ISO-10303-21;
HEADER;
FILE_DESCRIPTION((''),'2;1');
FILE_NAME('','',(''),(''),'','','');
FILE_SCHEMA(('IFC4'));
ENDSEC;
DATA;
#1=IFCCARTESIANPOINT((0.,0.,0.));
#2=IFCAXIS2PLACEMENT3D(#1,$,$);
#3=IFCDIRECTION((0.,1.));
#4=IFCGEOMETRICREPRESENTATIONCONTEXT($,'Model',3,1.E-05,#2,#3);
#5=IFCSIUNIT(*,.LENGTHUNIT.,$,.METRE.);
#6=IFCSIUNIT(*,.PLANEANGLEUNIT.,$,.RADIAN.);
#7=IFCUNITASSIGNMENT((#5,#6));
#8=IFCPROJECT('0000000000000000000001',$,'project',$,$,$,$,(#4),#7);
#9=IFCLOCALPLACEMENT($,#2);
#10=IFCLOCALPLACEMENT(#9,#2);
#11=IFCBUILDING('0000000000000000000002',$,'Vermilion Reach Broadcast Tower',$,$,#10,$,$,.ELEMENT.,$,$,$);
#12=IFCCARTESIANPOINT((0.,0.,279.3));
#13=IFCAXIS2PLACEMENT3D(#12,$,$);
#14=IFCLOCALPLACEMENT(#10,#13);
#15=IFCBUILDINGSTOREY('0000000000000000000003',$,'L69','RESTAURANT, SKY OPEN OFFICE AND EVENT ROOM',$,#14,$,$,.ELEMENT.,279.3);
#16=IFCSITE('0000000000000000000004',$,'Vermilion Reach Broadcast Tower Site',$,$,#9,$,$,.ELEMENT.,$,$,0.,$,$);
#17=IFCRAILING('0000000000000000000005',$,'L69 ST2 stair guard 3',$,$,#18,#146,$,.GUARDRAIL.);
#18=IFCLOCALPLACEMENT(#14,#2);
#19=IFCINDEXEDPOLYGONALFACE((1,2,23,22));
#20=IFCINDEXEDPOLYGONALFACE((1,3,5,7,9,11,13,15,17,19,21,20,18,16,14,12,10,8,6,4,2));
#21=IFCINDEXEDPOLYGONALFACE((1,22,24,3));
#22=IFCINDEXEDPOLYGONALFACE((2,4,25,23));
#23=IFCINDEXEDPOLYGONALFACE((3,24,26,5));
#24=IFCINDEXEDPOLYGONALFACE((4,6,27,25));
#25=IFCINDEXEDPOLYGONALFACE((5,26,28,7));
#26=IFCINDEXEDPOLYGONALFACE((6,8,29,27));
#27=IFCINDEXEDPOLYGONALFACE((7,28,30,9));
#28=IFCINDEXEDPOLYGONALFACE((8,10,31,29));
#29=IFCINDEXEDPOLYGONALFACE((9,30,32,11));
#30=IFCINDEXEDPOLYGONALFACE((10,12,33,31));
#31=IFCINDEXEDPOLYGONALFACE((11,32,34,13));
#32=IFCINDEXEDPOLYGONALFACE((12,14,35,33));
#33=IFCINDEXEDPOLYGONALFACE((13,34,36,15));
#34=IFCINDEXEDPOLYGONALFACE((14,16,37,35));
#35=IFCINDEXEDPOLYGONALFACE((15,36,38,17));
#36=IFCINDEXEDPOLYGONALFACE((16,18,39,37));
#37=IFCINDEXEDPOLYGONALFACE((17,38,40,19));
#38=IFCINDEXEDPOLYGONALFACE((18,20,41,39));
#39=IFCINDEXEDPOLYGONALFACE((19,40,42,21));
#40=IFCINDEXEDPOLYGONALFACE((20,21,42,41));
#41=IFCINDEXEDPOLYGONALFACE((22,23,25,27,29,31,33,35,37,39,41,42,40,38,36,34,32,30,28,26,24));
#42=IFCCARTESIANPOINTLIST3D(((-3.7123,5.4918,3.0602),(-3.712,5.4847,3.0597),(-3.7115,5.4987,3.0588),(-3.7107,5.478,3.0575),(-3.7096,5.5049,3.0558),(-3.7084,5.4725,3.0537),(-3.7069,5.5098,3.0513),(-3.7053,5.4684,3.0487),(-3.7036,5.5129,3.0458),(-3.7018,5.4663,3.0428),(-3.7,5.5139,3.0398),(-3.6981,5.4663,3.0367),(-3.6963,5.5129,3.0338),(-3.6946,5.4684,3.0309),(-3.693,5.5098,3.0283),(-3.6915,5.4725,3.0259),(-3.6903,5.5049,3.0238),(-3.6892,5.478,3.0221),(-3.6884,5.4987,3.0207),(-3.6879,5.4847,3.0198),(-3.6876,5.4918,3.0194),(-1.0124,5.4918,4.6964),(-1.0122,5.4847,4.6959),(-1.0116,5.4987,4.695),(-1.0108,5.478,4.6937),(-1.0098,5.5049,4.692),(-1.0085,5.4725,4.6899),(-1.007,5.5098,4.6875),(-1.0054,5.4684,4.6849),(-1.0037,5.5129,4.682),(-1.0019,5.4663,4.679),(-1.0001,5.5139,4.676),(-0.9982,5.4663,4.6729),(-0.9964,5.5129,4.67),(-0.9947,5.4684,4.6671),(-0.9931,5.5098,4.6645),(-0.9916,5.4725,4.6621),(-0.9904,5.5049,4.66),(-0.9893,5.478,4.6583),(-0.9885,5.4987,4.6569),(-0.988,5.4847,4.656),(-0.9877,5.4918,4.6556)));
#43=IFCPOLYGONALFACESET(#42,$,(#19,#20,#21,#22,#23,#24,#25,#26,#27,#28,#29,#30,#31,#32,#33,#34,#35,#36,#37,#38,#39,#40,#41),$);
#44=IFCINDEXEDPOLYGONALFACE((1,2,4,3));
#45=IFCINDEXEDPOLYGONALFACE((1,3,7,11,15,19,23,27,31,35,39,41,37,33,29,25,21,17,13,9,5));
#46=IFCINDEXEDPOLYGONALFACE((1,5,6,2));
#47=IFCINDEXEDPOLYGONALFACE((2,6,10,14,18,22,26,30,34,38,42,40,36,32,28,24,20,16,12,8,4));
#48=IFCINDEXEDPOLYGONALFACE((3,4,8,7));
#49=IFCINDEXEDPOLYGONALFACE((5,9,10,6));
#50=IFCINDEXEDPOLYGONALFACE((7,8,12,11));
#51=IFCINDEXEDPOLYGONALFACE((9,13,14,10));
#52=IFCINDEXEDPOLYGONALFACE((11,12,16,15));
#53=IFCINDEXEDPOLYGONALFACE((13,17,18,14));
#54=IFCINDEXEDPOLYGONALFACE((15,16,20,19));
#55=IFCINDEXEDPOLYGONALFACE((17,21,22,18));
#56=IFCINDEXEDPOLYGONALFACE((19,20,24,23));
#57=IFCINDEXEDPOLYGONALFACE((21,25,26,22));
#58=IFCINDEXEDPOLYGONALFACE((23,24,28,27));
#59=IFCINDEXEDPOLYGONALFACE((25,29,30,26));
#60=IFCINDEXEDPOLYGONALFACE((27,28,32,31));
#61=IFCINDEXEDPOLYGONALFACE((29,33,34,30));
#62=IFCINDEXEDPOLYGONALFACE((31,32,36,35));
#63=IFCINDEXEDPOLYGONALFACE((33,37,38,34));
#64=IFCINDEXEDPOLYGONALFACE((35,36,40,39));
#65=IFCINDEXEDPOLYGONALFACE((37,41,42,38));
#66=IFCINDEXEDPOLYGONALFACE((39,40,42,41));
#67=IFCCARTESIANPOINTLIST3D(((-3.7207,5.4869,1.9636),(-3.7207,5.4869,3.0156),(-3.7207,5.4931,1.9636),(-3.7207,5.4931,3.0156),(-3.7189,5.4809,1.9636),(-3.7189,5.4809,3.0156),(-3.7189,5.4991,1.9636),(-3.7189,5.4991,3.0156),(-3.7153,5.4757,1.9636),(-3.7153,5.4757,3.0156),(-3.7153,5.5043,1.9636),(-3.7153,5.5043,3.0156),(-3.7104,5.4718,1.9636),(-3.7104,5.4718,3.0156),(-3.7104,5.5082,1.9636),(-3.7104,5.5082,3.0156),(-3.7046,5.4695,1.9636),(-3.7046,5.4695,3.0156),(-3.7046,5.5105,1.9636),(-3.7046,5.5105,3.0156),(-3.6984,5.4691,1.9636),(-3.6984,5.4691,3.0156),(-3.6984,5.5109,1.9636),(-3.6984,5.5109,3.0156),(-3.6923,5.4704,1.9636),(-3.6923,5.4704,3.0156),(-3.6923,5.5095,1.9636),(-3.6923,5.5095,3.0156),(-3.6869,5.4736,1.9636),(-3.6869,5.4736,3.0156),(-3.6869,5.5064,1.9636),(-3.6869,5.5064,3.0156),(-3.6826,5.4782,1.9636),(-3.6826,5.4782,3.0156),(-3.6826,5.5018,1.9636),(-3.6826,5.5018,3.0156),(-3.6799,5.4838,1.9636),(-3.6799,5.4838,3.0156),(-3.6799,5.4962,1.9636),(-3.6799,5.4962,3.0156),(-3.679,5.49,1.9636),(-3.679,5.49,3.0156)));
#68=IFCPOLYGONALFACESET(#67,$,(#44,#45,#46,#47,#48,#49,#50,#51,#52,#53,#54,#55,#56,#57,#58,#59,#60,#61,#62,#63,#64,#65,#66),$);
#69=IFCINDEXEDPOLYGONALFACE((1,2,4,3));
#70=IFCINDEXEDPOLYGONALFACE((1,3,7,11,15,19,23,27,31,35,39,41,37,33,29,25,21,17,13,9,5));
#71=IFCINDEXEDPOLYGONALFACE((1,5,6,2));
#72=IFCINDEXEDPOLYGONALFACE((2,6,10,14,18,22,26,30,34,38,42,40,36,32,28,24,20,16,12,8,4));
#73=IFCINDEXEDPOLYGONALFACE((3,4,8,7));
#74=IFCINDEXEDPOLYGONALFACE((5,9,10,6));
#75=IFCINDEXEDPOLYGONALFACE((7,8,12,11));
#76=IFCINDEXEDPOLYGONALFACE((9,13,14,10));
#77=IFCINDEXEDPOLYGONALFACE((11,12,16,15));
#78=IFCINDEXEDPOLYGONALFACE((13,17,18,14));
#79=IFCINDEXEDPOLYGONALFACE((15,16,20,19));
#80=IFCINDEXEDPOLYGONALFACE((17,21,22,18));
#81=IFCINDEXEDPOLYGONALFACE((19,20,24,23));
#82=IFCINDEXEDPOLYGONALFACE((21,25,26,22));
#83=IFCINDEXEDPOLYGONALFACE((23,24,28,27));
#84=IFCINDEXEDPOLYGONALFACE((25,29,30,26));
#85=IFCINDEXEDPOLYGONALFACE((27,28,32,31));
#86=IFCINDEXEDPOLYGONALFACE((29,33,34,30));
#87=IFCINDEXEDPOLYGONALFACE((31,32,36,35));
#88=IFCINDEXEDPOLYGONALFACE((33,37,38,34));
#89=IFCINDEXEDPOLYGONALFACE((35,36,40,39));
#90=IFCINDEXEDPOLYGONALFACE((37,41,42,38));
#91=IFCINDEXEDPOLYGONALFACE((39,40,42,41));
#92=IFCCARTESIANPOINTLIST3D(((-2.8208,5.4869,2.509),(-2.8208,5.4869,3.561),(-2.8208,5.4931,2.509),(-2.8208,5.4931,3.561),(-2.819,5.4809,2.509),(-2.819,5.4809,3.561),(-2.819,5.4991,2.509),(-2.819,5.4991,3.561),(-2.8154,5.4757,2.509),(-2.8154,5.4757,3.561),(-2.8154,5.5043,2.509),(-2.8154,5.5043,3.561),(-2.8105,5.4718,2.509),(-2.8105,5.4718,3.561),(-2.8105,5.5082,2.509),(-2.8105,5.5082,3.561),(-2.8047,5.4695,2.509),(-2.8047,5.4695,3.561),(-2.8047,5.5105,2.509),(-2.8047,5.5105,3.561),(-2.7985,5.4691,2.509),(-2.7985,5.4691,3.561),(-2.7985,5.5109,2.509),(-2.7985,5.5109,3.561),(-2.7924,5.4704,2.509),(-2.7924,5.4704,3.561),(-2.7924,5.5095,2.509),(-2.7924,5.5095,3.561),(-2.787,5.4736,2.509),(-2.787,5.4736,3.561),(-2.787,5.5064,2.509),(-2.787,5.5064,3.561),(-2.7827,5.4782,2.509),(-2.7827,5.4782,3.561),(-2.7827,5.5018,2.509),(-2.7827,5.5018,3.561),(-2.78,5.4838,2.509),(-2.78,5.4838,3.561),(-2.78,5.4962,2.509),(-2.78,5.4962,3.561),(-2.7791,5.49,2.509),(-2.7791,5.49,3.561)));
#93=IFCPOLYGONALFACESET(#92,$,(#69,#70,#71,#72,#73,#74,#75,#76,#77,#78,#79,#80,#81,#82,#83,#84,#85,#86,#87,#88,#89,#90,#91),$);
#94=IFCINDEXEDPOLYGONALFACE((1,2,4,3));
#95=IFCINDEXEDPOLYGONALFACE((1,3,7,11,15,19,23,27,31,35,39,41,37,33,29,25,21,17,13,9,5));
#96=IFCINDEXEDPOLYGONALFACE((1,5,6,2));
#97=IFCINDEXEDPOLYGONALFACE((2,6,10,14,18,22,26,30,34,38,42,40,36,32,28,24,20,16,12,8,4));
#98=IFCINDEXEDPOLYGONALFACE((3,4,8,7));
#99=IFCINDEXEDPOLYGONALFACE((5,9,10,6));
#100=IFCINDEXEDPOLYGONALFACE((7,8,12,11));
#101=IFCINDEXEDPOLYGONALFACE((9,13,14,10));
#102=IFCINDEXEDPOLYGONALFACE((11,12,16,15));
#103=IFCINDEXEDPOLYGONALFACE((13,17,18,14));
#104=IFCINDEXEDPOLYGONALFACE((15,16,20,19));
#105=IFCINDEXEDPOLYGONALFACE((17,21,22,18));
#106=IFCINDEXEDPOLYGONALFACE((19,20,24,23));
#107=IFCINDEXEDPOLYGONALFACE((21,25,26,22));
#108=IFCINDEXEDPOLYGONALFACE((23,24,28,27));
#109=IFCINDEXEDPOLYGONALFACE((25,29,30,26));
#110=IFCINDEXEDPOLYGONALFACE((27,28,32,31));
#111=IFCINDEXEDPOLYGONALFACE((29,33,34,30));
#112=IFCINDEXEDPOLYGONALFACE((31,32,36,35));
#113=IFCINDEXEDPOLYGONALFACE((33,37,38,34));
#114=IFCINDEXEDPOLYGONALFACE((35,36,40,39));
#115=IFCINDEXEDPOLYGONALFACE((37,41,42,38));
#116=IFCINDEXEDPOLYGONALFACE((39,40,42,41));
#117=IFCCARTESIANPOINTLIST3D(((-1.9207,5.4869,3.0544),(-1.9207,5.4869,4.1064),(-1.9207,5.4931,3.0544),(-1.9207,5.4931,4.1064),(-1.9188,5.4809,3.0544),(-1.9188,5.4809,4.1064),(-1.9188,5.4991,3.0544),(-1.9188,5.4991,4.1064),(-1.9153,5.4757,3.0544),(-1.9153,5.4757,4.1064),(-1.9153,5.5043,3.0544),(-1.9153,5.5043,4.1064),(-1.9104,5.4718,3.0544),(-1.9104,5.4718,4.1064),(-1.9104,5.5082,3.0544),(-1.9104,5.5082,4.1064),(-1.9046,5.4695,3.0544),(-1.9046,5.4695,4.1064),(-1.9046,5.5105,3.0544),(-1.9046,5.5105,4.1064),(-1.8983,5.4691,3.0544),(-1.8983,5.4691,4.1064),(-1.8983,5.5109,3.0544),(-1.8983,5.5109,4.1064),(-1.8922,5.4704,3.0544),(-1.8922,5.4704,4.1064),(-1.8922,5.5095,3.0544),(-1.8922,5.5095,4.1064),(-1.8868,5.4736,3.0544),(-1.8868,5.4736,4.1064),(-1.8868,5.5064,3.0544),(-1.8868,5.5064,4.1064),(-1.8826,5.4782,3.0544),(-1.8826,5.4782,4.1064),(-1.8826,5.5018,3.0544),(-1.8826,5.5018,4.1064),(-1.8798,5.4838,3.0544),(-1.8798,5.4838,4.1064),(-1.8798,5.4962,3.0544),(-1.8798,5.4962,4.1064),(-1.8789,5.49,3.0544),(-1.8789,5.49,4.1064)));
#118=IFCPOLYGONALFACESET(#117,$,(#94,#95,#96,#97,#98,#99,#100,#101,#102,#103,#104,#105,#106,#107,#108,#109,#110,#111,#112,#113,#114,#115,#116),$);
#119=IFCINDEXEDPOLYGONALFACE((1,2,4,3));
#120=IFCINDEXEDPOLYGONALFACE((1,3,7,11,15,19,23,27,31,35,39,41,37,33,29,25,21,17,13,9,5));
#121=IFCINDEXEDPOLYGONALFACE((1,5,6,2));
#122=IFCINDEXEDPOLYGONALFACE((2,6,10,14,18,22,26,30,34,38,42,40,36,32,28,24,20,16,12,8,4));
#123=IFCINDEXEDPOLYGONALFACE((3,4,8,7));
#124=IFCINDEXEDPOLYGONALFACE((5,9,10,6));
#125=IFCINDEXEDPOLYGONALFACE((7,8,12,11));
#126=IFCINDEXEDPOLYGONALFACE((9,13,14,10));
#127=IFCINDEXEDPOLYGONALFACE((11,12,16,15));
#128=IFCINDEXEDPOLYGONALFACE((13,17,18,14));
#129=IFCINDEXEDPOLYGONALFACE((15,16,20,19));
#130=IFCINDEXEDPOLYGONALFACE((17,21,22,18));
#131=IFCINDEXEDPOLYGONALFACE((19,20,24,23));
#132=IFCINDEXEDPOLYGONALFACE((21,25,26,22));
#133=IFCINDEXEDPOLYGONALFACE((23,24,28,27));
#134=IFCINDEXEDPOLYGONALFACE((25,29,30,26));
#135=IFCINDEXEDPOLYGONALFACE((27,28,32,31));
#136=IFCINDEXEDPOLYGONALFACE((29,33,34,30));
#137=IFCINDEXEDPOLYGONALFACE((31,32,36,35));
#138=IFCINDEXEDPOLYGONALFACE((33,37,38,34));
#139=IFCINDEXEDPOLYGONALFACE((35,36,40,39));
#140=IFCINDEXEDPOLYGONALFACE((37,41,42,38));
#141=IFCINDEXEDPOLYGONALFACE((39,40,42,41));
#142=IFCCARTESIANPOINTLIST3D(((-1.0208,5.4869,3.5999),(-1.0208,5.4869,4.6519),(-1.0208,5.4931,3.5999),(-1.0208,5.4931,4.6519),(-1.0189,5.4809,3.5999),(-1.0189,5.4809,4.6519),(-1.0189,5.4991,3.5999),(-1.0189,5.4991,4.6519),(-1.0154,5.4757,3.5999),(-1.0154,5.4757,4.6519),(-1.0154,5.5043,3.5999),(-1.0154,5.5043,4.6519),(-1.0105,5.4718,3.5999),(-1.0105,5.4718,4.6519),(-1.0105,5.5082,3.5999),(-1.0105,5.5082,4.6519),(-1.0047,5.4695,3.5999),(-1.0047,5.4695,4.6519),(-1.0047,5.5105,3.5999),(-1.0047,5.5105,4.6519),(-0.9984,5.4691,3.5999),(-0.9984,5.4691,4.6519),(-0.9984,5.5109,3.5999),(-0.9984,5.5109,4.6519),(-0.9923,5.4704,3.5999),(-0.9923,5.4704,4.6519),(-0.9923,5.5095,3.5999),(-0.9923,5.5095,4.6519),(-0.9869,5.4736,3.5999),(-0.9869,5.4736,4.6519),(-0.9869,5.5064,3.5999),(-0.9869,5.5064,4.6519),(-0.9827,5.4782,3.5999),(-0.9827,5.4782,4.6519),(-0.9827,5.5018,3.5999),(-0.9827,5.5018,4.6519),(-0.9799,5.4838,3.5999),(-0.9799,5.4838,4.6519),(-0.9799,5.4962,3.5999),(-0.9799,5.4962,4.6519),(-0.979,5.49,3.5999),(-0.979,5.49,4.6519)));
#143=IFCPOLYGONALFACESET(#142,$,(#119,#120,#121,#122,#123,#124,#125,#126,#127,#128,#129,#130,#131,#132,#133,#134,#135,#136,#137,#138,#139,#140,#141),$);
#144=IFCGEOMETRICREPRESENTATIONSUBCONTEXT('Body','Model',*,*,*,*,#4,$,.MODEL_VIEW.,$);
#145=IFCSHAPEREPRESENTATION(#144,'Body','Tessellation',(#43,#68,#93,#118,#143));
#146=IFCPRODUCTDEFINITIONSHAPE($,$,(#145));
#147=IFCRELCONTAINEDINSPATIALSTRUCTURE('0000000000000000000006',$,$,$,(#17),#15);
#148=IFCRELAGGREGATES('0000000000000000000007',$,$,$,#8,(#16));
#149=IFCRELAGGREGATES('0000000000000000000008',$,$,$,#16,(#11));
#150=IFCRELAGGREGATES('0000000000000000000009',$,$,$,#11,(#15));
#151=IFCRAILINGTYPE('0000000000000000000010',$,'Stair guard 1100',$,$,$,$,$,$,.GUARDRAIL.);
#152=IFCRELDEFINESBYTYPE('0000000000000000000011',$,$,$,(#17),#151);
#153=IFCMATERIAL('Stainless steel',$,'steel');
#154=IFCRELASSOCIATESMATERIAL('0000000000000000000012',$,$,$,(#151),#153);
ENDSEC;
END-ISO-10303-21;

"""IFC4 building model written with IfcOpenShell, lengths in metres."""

from ifc_helpers import new_model, si_unit, direction, frame, origin, origin_2d, place, context, subcontext, project, spatial, circle, extrude, material, type_object, element, save


model = new_model("IFC4")

# Units and contexts
model_context = context("Model", 3, precision=1e-05, world=origin(), true_north=direction((0.0, 1.0)))
body_context = subcontext(model_context, "Body", "Model", "MODEL_VIEW")
ifc_project = project(units=[si_unit("LENGTHUNIT", "METRE"), si_unit("PLANEANGLEUNIT", "RADIAN")], contexts=[model_context])

# Site, building, storey
site_placement = place(None, origin())
site = spatial("IfcSite", under=ifc_project, at=site_placement, Name="Vermilion Reach Broadcast Tower Site", CompositionType="ELEMENT", RefElevation=0.0)
building_placement = place(site_placement, origin())
building = spatial("IfcBuilding", under=site, at=building_placement, Name="Vermilion Reach Broadcast Tower", CompositionType="ELEMENT")
storey_placement = place(building_placement, frame((0.0, 0.0, 279.3)))
storey = spatial("IfcBuildingStorey", under=building, at=storey_placement, Name="L69", Description="RESTAURANT, SKY OPEN OFFICE AND EVENT ROOM", CompositionType="ELEMENT", Elevation=279.3)

# Railing
ifc_material_1 = material(Name="Stainless steel", Category="steel")
railing_type_1 = type_object("IfcRailingType", Name="Stair guard 1100", PredefinedType="GUARDRAIL", material=ifc_material_1)
railing_1_placement = place(storey_placement, frame((-3.7, 5.49, 1.9636)))
element("IfcRailing", 1, at=railing_1_placement, inside=storey, type_object=railing_type_1, Name="L69 ST2 stair guard 3", PredefinedType="GUARDRAIL", context=body_context, shape_type="SweptSolid", body=[
    extrude(circle(Radius=0.0239, at=origin_2d()), frame((0.0, 0.0, 1.0762), z_axis=(0.855212, 0.0, 0.518278), x_axis=(0.0, 1.0, 0.0)), (0.0, 0.0, 1.0), 3.157),
    extrude(circle(Radius=0.021, at=origin_2d()), origin(), (0.0, 0.0, 1.0), 1.052),
    extrude(circle(Radius=0.021, at=origin_2d()), frame((0.8999, 0.0, 0.5454)), (0.0, 0.0, 1.0), 1.052),
    extrude(circle(Radius=0.021, at=origin_2d()), frame((1.8, 0.0, 1.0908)), (0.0, 0.0, 1.0), 1.052),
    extrude(circle(Radius=0.021, at=origin_2d()), frame((2.7, 0.0, 1.6362)), (0.0, 0.0, 1.0), 1.052),
])

save(model, "model.ifc")
